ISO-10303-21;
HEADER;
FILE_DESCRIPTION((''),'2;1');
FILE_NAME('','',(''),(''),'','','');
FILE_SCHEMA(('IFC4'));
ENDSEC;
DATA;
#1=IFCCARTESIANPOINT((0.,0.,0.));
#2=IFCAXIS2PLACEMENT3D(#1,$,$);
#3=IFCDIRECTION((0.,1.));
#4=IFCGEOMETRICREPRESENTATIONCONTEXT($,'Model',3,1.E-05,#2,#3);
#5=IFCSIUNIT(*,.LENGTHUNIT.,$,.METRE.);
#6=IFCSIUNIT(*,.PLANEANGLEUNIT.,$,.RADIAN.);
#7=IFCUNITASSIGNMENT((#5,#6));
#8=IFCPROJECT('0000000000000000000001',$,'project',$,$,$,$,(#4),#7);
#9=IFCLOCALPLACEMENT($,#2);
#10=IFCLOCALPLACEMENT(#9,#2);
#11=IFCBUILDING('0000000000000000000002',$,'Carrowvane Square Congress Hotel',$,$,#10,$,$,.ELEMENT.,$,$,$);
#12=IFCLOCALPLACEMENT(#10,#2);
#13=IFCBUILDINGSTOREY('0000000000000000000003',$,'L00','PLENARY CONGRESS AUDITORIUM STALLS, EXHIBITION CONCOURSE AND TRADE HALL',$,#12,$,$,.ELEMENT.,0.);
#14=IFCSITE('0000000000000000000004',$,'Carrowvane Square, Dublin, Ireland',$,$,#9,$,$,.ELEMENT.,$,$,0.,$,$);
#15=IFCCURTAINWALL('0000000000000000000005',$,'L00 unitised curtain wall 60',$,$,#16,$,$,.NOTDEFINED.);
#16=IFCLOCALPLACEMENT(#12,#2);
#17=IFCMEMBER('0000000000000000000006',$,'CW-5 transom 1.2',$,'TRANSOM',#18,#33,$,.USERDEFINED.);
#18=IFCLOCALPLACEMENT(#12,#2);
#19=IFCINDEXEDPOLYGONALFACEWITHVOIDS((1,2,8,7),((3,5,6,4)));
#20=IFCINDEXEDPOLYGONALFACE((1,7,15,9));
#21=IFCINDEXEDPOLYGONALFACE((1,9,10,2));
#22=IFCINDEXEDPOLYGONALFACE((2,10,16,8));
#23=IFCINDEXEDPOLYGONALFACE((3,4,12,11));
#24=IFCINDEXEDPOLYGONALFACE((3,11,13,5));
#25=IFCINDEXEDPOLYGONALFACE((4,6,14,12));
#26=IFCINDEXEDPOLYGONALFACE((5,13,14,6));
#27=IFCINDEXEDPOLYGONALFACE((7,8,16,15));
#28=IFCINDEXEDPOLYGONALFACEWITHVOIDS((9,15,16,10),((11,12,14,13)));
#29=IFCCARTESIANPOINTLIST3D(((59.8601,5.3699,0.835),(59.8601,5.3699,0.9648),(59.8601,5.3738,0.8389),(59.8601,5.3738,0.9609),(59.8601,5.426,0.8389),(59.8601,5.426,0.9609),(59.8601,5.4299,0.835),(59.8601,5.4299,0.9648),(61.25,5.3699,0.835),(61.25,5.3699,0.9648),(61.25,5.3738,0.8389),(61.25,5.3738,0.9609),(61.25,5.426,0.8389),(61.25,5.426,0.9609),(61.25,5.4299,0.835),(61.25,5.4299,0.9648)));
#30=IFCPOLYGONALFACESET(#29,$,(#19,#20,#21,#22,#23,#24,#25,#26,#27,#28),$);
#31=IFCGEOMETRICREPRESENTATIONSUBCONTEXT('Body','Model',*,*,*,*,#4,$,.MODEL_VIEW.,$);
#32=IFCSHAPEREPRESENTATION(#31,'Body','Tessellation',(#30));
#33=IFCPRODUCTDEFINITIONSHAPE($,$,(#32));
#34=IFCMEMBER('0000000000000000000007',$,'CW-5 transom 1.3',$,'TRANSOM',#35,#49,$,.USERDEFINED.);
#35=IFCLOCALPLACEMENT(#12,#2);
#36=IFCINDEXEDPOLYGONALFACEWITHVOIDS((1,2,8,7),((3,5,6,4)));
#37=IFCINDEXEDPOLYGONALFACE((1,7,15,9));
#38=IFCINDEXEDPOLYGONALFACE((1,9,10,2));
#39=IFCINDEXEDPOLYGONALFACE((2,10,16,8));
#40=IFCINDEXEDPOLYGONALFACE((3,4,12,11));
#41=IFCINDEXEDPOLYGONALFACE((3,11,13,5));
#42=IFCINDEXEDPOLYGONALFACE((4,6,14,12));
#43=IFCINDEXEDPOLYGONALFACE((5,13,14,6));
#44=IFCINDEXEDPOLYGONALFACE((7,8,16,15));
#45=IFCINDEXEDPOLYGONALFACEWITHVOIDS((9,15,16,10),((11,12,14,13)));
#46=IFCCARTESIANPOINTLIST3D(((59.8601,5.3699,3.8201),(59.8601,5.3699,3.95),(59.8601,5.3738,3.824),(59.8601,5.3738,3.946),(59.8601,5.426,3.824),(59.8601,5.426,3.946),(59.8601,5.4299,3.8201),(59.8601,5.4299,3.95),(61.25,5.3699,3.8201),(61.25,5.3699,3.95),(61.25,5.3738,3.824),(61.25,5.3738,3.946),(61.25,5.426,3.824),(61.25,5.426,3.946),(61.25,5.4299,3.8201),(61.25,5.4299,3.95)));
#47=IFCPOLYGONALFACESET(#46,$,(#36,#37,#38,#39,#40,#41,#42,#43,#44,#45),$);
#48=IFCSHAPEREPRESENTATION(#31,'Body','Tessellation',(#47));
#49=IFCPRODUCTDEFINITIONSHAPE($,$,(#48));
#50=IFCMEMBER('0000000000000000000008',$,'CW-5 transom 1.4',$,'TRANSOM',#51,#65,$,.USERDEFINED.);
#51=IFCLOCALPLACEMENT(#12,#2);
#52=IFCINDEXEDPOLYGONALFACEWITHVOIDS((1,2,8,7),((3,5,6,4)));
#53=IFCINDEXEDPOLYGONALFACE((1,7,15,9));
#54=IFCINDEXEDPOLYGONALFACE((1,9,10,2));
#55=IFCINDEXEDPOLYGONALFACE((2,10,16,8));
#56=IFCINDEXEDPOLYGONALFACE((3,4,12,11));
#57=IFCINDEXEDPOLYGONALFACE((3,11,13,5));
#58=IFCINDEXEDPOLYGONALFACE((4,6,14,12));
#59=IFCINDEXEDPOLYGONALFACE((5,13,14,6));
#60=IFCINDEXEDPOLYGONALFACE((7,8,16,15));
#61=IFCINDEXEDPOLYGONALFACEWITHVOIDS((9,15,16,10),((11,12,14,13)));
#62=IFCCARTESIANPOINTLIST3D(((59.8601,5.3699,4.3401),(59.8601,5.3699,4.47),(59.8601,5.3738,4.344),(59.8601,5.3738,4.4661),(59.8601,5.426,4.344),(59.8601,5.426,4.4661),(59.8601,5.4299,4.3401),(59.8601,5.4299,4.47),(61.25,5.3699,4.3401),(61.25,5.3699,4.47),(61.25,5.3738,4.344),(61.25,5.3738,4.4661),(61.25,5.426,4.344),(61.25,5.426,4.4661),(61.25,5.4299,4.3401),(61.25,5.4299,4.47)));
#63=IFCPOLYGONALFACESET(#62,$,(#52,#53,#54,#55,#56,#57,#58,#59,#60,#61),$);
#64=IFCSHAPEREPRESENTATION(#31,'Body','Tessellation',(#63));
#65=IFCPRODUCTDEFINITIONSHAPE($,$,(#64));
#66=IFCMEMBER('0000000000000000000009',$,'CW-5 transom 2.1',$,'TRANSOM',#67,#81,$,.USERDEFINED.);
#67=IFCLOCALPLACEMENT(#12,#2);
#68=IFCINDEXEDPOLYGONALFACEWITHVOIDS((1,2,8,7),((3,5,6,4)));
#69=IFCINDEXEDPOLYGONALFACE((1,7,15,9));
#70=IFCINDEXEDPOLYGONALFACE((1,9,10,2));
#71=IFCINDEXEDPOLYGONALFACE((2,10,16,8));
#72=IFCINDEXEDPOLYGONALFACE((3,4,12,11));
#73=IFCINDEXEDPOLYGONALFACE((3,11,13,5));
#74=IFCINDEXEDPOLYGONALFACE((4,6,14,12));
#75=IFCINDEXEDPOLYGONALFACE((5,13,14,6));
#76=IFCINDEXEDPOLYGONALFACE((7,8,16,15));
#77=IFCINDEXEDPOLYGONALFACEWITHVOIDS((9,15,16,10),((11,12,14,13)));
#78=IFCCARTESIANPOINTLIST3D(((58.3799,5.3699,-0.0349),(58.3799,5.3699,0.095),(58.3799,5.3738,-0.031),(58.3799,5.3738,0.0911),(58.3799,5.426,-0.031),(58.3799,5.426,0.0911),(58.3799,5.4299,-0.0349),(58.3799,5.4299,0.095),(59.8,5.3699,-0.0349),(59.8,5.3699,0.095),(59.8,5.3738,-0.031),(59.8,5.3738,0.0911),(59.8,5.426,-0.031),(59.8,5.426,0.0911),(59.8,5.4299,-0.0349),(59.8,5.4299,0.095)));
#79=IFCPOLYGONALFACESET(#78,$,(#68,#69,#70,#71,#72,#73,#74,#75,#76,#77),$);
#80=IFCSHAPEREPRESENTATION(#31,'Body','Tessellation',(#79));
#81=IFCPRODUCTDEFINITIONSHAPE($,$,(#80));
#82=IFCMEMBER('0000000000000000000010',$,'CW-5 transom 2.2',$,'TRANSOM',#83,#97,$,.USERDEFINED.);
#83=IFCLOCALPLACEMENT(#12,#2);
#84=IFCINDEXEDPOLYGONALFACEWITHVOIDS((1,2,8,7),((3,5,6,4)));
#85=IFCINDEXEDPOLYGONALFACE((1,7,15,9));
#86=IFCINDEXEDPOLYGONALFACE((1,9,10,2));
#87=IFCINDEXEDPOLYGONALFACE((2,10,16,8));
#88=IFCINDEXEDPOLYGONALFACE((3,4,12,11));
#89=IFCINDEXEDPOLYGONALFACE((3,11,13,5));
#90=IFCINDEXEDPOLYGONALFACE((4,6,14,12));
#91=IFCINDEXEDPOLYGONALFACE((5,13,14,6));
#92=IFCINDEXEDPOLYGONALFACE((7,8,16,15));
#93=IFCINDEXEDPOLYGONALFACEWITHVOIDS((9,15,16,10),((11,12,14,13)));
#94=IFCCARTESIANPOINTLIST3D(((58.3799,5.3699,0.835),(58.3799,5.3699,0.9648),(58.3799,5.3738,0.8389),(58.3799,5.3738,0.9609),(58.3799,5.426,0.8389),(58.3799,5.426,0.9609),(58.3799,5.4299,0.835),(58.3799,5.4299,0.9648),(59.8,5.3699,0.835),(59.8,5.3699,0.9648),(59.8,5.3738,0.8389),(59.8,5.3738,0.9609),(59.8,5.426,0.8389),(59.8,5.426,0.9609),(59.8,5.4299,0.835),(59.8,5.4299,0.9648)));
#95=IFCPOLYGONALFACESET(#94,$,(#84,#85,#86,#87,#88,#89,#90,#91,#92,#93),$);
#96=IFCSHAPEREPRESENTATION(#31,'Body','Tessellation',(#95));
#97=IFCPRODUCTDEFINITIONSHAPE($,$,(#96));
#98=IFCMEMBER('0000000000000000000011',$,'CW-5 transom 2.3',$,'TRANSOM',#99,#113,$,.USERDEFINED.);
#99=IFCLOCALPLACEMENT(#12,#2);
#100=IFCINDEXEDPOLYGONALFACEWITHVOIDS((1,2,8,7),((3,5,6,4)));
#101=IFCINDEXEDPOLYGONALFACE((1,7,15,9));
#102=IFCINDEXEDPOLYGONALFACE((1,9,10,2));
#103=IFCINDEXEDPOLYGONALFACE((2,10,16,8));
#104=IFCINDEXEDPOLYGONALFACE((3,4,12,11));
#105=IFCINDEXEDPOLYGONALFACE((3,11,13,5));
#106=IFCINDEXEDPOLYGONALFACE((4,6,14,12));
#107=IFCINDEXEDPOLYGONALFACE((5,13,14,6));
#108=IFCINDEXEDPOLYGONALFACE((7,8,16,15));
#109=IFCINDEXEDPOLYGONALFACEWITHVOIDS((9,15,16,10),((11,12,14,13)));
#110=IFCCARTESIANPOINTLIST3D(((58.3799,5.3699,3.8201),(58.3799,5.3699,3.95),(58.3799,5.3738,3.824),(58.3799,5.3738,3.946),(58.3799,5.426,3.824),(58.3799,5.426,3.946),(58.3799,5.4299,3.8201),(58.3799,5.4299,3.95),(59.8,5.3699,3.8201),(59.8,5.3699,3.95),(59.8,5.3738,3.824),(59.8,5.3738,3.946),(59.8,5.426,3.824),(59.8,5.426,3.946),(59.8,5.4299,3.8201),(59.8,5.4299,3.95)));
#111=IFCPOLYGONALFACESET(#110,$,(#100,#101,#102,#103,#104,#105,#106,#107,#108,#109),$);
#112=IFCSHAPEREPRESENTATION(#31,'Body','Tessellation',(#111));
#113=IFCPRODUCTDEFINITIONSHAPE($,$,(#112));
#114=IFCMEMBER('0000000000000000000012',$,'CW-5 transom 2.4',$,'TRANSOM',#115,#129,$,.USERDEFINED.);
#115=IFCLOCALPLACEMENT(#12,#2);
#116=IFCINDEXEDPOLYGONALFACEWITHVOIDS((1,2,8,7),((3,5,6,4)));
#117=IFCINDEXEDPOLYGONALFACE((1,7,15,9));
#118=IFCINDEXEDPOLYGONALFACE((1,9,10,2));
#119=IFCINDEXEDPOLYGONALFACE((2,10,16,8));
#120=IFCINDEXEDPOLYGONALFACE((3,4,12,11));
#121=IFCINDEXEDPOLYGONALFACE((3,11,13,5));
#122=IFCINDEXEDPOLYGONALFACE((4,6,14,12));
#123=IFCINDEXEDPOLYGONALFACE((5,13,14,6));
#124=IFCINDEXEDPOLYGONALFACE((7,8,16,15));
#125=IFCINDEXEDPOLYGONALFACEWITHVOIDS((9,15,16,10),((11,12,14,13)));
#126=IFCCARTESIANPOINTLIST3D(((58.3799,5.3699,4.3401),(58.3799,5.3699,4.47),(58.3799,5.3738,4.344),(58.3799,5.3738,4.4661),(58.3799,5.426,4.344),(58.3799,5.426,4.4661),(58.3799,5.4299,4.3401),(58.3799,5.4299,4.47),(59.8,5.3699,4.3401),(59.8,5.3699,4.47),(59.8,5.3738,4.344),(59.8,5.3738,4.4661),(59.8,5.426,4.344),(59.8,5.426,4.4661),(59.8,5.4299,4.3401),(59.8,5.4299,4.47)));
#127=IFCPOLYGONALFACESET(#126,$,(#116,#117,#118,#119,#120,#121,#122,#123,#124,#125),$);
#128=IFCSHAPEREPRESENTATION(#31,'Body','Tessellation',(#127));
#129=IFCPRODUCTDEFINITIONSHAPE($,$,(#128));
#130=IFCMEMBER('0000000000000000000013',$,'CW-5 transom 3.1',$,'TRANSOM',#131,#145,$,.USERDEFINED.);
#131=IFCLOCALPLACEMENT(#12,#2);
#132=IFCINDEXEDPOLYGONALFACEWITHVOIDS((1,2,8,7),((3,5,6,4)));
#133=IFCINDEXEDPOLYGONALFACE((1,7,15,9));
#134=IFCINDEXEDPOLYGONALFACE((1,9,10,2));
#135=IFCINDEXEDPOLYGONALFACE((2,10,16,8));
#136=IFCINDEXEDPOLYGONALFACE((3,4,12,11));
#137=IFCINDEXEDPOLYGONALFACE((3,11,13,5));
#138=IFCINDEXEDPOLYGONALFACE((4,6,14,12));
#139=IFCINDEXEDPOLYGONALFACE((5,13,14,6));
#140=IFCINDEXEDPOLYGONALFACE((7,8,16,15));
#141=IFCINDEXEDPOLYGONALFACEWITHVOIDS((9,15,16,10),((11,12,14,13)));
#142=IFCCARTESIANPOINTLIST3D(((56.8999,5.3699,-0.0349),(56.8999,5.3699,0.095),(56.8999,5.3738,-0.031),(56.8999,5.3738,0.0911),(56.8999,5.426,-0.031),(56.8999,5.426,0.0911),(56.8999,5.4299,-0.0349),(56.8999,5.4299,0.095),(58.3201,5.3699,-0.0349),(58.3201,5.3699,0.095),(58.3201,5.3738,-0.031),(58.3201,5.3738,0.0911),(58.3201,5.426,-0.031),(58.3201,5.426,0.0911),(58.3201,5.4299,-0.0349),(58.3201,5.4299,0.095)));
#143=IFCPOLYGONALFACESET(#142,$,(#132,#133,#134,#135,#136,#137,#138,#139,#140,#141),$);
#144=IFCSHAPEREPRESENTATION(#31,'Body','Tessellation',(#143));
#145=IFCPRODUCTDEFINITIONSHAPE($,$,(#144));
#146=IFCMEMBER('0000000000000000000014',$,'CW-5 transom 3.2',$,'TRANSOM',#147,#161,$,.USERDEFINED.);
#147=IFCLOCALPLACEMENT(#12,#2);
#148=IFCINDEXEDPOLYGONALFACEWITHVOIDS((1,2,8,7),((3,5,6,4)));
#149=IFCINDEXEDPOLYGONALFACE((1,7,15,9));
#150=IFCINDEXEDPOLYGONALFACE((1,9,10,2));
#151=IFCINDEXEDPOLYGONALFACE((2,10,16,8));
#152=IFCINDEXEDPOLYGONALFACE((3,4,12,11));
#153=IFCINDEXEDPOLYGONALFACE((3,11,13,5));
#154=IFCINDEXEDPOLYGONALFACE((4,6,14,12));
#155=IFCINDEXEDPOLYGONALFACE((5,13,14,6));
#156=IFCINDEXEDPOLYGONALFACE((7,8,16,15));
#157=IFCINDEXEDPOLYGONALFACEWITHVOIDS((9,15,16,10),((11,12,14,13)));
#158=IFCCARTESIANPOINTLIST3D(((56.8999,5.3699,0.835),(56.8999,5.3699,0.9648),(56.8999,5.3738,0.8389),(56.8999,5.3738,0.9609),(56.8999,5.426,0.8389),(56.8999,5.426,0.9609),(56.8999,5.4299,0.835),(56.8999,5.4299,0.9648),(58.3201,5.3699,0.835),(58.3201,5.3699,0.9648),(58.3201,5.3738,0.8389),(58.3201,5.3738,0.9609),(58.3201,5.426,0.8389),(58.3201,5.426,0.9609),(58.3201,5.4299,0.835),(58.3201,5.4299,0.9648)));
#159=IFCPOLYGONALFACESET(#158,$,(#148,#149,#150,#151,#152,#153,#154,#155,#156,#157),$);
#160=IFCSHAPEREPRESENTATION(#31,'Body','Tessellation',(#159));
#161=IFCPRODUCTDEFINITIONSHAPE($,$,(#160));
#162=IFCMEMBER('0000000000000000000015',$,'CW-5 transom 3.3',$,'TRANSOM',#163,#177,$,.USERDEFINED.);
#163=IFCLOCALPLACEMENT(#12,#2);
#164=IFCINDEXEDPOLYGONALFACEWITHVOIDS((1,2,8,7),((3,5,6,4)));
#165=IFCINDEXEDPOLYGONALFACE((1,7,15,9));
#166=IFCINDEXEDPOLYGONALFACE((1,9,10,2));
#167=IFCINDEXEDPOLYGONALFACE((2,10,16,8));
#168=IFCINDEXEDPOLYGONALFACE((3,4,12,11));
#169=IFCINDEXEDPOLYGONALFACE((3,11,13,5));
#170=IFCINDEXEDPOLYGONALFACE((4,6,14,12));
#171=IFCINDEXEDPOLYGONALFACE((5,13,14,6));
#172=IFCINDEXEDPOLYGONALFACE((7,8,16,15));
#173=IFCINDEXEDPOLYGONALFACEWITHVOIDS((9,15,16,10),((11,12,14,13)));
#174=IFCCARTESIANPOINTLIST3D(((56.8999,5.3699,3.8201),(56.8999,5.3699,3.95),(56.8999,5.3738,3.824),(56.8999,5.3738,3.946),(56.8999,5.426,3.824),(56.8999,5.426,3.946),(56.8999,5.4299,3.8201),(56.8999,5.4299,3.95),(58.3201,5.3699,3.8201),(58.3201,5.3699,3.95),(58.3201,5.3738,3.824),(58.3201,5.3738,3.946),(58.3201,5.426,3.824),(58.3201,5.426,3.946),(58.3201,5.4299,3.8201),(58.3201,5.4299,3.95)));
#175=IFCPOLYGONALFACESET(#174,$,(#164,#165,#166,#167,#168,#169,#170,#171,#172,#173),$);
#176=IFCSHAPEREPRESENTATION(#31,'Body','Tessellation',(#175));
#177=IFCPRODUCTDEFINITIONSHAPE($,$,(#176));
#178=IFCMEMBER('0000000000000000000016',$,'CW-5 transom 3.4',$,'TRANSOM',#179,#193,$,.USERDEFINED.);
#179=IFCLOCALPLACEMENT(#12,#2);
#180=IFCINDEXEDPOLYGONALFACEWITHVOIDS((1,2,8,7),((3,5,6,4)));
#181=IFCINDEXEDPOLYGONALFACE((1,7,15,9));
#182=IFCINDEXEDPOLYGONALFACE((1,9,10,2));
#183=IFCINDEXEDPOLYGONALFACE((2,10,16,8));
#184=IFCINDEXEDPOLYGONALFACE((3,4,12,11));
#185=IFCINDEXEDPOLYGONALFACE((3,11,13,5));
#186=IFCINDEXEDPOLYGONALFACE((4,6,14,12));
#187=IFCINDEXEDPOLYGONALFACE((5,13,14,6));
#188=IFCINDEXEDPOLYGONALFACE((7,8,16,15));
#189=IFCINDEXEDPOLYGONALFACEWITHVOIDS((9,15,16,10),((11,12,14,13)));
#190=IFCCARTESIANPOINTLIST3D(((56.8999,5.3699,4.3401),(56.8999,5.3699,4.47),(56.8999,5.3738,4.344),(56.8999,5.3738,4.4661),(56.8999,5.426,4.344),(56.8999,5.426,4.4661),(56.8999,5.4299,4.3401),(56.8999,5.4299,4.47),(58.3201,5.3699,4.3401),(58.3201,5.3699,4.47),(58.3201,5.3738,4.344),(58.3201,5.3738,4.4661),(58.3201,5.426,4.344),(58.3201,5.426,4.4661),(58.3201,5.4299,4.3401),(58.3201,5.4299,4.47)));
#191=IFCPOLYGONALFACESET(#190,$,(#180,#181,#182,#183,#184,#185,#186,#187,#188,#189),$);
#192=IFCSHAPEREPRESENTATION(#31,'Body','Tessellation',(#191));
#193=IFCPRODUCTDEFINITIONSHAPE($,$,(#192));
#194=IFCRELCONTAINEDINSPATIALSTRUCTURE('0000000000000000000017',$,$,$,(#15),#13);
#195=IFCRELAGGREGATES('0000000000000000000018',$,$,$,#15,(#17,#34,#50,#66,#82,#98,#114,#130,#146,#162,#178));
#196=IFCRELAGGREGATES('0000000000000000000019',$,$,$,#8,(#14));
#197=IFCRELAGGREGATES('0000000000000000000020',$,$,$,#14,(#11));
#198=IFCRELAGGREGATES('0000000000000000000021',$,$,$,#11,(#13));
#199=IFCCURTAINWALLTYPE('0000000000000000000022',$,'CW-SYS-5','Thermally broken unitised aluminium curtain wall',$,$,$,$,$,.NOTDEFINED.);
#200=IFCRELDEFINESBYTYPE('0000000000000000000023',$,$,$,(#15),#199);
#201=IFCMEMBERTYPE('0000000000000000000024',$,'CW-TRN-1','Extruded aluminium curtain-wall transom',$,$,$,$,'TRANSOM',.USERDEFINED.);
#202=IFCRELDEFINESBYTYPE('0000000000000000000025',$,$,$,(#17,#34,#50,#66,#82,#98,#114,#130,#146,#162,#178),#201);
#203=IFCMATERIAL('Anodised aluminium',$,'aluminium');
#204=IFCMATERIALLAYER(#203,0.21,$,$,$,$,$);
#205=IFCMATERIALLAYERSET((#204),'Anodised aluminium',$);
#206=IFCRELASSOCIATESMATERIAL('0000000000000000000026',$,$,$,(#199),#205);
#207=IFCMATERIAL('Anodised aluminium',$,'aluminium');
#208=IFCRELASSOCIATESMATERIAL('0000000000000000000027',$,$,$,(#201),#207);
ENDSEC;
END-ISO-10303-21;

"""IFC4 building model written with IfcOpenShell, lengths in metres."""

from ifc_helpers import new_model, si_unit, direction, frame, origin, origin_2d, place, context, subcontext, project, spatial, hollow_rectangle, extrude, material, layer, layer_set, material_profile, profile_set, type_object, element, aggregate, save


model = new_model("IFC4")

# Units and contexts
model_context = context("Model", 3, precision=1e-05, world=origin(), true_north=direction((0.0, 1.0)))
body_context = subcontext(model_context, "Body", "Model", "MODEL_VIEW")
ifc_project = project(units=[si_unit("LENGTHUNIT", "METRE"), si_unit("PLANEANGLEUNIT", "RADIAN")], contexts=[model_context])

# Site, building, storey
site_placement = place(None, origin())
site = spatial("IfcSite", under=ifc_project, at=site_placement, Name="Carrowvane Square, Dublin, Ireland", CompositionType="ELEMENT", RefElevation=0.0)
building_placement = place(site_placement, origin())
building = spatial("IfcBuilding", under=site, at=building_placement, Name="Carrowvane Square Congress Hotel", CompositionType="ELEMENT")
storey_placement = place(building_placement, origin())
storey = spatial("IfcBuildingStorey", under=building, at=storey_placement, Name="L00", Description="PLENARY CONGRESS AUDITORIUM STALLS, EXHIBITION CONCOURSE AND TRADE HALL", CompositionType="ELEMENT", Elevation=0.0)

# Curtain wall
ifc_material_1 = material(Name="Anodised aluminium", Category="aluminium")
ifc_layer_1 = layer(ifc_material_1, 0.21)
ifc_layer_set_1 = layer_set([ifc_layer_1], Name="Anodised aluminium")
curtain_wall_type_1 = type_object("IfcCurtainWallType", Name="CW-SYS-5", Description="Thermally broken unitised aluminium curtain wall", PredefinedType="NOTDEFINED", material=ifc_layer_set_1)
curtain_wall_1_placement = place(storey_placement, origin())
curtain_wall_1 = element("IfcCurtainWall", 1, at=curtain_wall_1_placement, inside=storey, type_object=curtain_wall_type_1, Name="L00 unitised curtain wall 60", PredefinedType="NOTDEFINED")

# Members
ifc_material_2 = material(Name="Anodised aluminium", Category="aluminium")
ifc_material_profile_1 = material_profile(ifc_material_2, hollow_rectangle(XDim=0.0601, YDim=0.1299, WallThickness=0.0039, at=origin_2d()), Name="CW-TR 60x130x4")
ifc_profile_set_1 = profile_set([ifc_material_profile_1], Name="Anodised aluminium")
member_type_1 = type_object("IfcMemberType", Name="CW-TRN-1", Description="Extruded aluminium curtain-wall transom", ElementType="TRANSOM", PredefinedType="USERDEFINED", material=ifc_profile_set_1)
member_1_placement = place(storey_placement, frame((61.25, 5.3999, 0.8999), z_axis=(-1.0, 0.0, 0.0), x_axis=(0.0, -1.0, 0.0)))
member_1 = element("IfcMember", 2, at=member_1_placement, type_object=member_type_1, Name="CW-5 transom 1.2", ObjectType="TRANSOM", PredefinedType="USERDEFINED", context=body_context, shape_type="SweptSolid", body=[
    extrude(hollow_rectangle(XDim=0.0601, YDim=0.1299, WallThickness=0.0039, at=origin_2d()), origin(), (0.0, 0.0, 1.0), 1.3899),
])
member_2_placement = place(storey_placement, frame((61.25, 5.3999, 3.885), z_axis=(-1.0, 0.0, 0.0), x_axis=(0.0, -1.0, 0.0)))
member_2 = element("IfcMember", 3, at=member_2_placement, type_object=member_type_1, Name="CW-5 transom 1.3", ObjectType="TRANSOM", PredefinedType="USERDEFINED", context=body_context, shape_type="SweptSolid", body=[
    extrude(hollow_rectangle(XDim=0.0601, YDim=0.1299, WallThickness=0.0039, at=origin_2d()), origin(), (0.0, 0.0, 1.0), 1.3899),
])
member_3_placement = place(storey_placement, frame((61.25, 5.3999, 4.405), z_axis=(-1.0, 0.0, 0.0), x_axis=(0.0, -1.0, 0.0)))
member_3 = element("IfcMember", 4, at=member_3_placement, type_object=member_type_1, Name="CW-5 transom 1.4", ObjectType="TRANSOM", PredefinedType="USERDEFINED", context=body_context, shape_type="SweptSolid", body=[
    extrude(hollow_rectangle(XDim=0.0601, YDim=0.1299, WallThickness=0.0039, at=origin_2d()), origin(), (0.0, 0.0, 1.0), 1.3899),
])
member_4_placement = place(storey_placement, frame((59.8, 5.3999, 0.03), z_axis=(-1.0, 0.0, 0.0), x_axis=(0.0, -1.0, 0.0)))
member_4 = element("IfcMember", 5, at=member_4_placement, type_object=member_type_1, Name="CW-5 transom 2.1", ObjectType="TRANSOM", PredefinedType="USERDEFINED", context=body_context, shape_type="SweptSolid", body=[
    extrude(hollow_rectangle(XDim=0.0601, YDim=0.1299, WallThickness=0.0039, at=origin_2d()), origin(), (0.0, 0.0, 1.0), 1.4202),
])
member_5_placement = place(storey_placement, frame((59.8, 5.3999, 0.8999), z_axis=(-1.0, 0.0, 0.0), x_axis=(0.0, -1.0, 0.0)))
member_5 = element("IfcMember", 6, at=member_5_placement, type_object=member_type_1, Name="CW-5 transom 2.2", ObjectType="TRANSOM", PredefinedType="USERDEFINED", context=body_context, shape_type="SweptSolid", body=[
    extrude(hollow_rectangle(XDim=0.0601, YDim=0.1299, WallThickness=0.0039, at=origin_2d()), origin(), (0.0, 0.0, 1.0), 1.4202),
])
member_6_placement = place(storey_placement, frame((59.8, 5.3999, 3.885), z_axis=(-1.0, 0.0, 0.0), x_axis=(0.0, -1.0, 0.0)))
member_6 = element("IfcMember", 7, at=member_6_placement, type_object=member_type_1, Name="CW-5 transom 2.3", ObjectType="TRANSOM", PredefinedType="USERDEFINED", context=body_context, shape_type="SweptSolid", body=[
    extrude(hollow_rectangle(XDim=0.0601, YDim=0.1299, WallThickness=0.0039, at=origin_2d()), origin(), (0.0, 0.0, 1.0), 1.4202),
])
member_7_placement = place(storey_placement, frame((59.8, 5.3999, 4.405), z_axis=(-1.0, 0.0, 0.0), x_axis=(0.0, -1.0, 0.0)))
member_7 = element("IfcMember", 8, at=member_7_placement, type_object=member_type_1, Name="CW-5 transom 2.4", ObjectType="TRANSOM", PredefinedType="USERDEFINED", context=body_context, shape_type="SweptSolid", body=[
    extrude(hollow_rectangle(XDim=0.0601, YDim=0.1299, WallThickness=0.0039, at=origin_2d()), origin(), (0.0, 0.0, 1.0), 1.4202),
])
member_8_placement = place(storey_placement, frame((58.3201, 5.3999, 0.03), z_axis=(-1.0, 0.0, 0.0), x_axis=(0.0, -1.0, 0.0)))
member_8 = element("IfcMember", 9, at=member_8_placement, type_object=member_type_1, Name="CW-5 transom 3.1", ObjectType="TRANSOM", PredefinedType="USERDEFINED", context=body_context, shape_type="SweptSolid", body=[
    extrude(hollow_rectangle(XDim=0.0601, YDim=0.1299, WallThickness=0.0039, at=origin_2d()), origin(), (0.0, 0.0, 1.0), 1.4202),
])
member_9_placement = place(storey_placement, frame((58.3201, 5.3999, 0.8999), z_axis=(-1.0, 0.0, 0.0), x_axis=(0.0, -1.0, 0.0)))
member_9 = element("IfcMember", 10, at=member_9_placement, type_object=member_type_1, Name="CW-5 transom 3.2", ObjectType="TRANSOM", PredefinedType="USERDEFINED", context=body_context, shape_type="SweptSolid", body=[
    extrude(hollow_rectangle(XDim=0.0601, YDim=0.1299, WallThickness=0.0039, at=origin_2d()), origin(), (0.0, 0.0, 1.0), 1.4202),
])
member_10_placement = place(storey_placement, frame((58.3201, 5.3999, 3.885), z_axis=(-1.0, 0.0, 0.0), x_axis=(0.0, -1.0, 0.0)))
member_10 = element("IfcMember", 11, at=member_10_placement, type_object=member_type_1, Name="CW-5 transom 3.3", ObjectType="TRANSOM", PredefinedType="USERDEFINED", context=body_context, shape_type="SweptSolid", body=[
    extrude(hollow_rectangle(XDim=0.0601, YDim=0.1299, WallThickness=0.0039, at=origin_2d()), origin(), (0.0, 0.0, 1.0), 1.4202),
])
member_11_placement = place(storey_placement, frame((58.3201, 5.3999, 4.405), z_axis=(-1.0, 0.0, 0.0), x_axis=(0.0, -1.0, 0.0)))
member_11 = element("IfcMember", 12, at=member_11_placement, type_object=member_type_1, Name="CW-5 transom 3.4", ObjectType="TRANSOM", PredefinedType="USERDEFINED", context=body_context, shape_type="SweptSolid", body=[
    extrude(hollow_rectangle(XDim=0.0601, YDim=0.1299, WallThickness=0.0039, at=origin_2d()), origin(), (0.0, 0.0, 1.0), 1.4202),
])

aggregate(curtain_wall_1, [member_1, member_2, member_3, member_4, member_5, member_6, member_7, member_8, member_9, member_10, member_11])

save(model, "model.ifc")
